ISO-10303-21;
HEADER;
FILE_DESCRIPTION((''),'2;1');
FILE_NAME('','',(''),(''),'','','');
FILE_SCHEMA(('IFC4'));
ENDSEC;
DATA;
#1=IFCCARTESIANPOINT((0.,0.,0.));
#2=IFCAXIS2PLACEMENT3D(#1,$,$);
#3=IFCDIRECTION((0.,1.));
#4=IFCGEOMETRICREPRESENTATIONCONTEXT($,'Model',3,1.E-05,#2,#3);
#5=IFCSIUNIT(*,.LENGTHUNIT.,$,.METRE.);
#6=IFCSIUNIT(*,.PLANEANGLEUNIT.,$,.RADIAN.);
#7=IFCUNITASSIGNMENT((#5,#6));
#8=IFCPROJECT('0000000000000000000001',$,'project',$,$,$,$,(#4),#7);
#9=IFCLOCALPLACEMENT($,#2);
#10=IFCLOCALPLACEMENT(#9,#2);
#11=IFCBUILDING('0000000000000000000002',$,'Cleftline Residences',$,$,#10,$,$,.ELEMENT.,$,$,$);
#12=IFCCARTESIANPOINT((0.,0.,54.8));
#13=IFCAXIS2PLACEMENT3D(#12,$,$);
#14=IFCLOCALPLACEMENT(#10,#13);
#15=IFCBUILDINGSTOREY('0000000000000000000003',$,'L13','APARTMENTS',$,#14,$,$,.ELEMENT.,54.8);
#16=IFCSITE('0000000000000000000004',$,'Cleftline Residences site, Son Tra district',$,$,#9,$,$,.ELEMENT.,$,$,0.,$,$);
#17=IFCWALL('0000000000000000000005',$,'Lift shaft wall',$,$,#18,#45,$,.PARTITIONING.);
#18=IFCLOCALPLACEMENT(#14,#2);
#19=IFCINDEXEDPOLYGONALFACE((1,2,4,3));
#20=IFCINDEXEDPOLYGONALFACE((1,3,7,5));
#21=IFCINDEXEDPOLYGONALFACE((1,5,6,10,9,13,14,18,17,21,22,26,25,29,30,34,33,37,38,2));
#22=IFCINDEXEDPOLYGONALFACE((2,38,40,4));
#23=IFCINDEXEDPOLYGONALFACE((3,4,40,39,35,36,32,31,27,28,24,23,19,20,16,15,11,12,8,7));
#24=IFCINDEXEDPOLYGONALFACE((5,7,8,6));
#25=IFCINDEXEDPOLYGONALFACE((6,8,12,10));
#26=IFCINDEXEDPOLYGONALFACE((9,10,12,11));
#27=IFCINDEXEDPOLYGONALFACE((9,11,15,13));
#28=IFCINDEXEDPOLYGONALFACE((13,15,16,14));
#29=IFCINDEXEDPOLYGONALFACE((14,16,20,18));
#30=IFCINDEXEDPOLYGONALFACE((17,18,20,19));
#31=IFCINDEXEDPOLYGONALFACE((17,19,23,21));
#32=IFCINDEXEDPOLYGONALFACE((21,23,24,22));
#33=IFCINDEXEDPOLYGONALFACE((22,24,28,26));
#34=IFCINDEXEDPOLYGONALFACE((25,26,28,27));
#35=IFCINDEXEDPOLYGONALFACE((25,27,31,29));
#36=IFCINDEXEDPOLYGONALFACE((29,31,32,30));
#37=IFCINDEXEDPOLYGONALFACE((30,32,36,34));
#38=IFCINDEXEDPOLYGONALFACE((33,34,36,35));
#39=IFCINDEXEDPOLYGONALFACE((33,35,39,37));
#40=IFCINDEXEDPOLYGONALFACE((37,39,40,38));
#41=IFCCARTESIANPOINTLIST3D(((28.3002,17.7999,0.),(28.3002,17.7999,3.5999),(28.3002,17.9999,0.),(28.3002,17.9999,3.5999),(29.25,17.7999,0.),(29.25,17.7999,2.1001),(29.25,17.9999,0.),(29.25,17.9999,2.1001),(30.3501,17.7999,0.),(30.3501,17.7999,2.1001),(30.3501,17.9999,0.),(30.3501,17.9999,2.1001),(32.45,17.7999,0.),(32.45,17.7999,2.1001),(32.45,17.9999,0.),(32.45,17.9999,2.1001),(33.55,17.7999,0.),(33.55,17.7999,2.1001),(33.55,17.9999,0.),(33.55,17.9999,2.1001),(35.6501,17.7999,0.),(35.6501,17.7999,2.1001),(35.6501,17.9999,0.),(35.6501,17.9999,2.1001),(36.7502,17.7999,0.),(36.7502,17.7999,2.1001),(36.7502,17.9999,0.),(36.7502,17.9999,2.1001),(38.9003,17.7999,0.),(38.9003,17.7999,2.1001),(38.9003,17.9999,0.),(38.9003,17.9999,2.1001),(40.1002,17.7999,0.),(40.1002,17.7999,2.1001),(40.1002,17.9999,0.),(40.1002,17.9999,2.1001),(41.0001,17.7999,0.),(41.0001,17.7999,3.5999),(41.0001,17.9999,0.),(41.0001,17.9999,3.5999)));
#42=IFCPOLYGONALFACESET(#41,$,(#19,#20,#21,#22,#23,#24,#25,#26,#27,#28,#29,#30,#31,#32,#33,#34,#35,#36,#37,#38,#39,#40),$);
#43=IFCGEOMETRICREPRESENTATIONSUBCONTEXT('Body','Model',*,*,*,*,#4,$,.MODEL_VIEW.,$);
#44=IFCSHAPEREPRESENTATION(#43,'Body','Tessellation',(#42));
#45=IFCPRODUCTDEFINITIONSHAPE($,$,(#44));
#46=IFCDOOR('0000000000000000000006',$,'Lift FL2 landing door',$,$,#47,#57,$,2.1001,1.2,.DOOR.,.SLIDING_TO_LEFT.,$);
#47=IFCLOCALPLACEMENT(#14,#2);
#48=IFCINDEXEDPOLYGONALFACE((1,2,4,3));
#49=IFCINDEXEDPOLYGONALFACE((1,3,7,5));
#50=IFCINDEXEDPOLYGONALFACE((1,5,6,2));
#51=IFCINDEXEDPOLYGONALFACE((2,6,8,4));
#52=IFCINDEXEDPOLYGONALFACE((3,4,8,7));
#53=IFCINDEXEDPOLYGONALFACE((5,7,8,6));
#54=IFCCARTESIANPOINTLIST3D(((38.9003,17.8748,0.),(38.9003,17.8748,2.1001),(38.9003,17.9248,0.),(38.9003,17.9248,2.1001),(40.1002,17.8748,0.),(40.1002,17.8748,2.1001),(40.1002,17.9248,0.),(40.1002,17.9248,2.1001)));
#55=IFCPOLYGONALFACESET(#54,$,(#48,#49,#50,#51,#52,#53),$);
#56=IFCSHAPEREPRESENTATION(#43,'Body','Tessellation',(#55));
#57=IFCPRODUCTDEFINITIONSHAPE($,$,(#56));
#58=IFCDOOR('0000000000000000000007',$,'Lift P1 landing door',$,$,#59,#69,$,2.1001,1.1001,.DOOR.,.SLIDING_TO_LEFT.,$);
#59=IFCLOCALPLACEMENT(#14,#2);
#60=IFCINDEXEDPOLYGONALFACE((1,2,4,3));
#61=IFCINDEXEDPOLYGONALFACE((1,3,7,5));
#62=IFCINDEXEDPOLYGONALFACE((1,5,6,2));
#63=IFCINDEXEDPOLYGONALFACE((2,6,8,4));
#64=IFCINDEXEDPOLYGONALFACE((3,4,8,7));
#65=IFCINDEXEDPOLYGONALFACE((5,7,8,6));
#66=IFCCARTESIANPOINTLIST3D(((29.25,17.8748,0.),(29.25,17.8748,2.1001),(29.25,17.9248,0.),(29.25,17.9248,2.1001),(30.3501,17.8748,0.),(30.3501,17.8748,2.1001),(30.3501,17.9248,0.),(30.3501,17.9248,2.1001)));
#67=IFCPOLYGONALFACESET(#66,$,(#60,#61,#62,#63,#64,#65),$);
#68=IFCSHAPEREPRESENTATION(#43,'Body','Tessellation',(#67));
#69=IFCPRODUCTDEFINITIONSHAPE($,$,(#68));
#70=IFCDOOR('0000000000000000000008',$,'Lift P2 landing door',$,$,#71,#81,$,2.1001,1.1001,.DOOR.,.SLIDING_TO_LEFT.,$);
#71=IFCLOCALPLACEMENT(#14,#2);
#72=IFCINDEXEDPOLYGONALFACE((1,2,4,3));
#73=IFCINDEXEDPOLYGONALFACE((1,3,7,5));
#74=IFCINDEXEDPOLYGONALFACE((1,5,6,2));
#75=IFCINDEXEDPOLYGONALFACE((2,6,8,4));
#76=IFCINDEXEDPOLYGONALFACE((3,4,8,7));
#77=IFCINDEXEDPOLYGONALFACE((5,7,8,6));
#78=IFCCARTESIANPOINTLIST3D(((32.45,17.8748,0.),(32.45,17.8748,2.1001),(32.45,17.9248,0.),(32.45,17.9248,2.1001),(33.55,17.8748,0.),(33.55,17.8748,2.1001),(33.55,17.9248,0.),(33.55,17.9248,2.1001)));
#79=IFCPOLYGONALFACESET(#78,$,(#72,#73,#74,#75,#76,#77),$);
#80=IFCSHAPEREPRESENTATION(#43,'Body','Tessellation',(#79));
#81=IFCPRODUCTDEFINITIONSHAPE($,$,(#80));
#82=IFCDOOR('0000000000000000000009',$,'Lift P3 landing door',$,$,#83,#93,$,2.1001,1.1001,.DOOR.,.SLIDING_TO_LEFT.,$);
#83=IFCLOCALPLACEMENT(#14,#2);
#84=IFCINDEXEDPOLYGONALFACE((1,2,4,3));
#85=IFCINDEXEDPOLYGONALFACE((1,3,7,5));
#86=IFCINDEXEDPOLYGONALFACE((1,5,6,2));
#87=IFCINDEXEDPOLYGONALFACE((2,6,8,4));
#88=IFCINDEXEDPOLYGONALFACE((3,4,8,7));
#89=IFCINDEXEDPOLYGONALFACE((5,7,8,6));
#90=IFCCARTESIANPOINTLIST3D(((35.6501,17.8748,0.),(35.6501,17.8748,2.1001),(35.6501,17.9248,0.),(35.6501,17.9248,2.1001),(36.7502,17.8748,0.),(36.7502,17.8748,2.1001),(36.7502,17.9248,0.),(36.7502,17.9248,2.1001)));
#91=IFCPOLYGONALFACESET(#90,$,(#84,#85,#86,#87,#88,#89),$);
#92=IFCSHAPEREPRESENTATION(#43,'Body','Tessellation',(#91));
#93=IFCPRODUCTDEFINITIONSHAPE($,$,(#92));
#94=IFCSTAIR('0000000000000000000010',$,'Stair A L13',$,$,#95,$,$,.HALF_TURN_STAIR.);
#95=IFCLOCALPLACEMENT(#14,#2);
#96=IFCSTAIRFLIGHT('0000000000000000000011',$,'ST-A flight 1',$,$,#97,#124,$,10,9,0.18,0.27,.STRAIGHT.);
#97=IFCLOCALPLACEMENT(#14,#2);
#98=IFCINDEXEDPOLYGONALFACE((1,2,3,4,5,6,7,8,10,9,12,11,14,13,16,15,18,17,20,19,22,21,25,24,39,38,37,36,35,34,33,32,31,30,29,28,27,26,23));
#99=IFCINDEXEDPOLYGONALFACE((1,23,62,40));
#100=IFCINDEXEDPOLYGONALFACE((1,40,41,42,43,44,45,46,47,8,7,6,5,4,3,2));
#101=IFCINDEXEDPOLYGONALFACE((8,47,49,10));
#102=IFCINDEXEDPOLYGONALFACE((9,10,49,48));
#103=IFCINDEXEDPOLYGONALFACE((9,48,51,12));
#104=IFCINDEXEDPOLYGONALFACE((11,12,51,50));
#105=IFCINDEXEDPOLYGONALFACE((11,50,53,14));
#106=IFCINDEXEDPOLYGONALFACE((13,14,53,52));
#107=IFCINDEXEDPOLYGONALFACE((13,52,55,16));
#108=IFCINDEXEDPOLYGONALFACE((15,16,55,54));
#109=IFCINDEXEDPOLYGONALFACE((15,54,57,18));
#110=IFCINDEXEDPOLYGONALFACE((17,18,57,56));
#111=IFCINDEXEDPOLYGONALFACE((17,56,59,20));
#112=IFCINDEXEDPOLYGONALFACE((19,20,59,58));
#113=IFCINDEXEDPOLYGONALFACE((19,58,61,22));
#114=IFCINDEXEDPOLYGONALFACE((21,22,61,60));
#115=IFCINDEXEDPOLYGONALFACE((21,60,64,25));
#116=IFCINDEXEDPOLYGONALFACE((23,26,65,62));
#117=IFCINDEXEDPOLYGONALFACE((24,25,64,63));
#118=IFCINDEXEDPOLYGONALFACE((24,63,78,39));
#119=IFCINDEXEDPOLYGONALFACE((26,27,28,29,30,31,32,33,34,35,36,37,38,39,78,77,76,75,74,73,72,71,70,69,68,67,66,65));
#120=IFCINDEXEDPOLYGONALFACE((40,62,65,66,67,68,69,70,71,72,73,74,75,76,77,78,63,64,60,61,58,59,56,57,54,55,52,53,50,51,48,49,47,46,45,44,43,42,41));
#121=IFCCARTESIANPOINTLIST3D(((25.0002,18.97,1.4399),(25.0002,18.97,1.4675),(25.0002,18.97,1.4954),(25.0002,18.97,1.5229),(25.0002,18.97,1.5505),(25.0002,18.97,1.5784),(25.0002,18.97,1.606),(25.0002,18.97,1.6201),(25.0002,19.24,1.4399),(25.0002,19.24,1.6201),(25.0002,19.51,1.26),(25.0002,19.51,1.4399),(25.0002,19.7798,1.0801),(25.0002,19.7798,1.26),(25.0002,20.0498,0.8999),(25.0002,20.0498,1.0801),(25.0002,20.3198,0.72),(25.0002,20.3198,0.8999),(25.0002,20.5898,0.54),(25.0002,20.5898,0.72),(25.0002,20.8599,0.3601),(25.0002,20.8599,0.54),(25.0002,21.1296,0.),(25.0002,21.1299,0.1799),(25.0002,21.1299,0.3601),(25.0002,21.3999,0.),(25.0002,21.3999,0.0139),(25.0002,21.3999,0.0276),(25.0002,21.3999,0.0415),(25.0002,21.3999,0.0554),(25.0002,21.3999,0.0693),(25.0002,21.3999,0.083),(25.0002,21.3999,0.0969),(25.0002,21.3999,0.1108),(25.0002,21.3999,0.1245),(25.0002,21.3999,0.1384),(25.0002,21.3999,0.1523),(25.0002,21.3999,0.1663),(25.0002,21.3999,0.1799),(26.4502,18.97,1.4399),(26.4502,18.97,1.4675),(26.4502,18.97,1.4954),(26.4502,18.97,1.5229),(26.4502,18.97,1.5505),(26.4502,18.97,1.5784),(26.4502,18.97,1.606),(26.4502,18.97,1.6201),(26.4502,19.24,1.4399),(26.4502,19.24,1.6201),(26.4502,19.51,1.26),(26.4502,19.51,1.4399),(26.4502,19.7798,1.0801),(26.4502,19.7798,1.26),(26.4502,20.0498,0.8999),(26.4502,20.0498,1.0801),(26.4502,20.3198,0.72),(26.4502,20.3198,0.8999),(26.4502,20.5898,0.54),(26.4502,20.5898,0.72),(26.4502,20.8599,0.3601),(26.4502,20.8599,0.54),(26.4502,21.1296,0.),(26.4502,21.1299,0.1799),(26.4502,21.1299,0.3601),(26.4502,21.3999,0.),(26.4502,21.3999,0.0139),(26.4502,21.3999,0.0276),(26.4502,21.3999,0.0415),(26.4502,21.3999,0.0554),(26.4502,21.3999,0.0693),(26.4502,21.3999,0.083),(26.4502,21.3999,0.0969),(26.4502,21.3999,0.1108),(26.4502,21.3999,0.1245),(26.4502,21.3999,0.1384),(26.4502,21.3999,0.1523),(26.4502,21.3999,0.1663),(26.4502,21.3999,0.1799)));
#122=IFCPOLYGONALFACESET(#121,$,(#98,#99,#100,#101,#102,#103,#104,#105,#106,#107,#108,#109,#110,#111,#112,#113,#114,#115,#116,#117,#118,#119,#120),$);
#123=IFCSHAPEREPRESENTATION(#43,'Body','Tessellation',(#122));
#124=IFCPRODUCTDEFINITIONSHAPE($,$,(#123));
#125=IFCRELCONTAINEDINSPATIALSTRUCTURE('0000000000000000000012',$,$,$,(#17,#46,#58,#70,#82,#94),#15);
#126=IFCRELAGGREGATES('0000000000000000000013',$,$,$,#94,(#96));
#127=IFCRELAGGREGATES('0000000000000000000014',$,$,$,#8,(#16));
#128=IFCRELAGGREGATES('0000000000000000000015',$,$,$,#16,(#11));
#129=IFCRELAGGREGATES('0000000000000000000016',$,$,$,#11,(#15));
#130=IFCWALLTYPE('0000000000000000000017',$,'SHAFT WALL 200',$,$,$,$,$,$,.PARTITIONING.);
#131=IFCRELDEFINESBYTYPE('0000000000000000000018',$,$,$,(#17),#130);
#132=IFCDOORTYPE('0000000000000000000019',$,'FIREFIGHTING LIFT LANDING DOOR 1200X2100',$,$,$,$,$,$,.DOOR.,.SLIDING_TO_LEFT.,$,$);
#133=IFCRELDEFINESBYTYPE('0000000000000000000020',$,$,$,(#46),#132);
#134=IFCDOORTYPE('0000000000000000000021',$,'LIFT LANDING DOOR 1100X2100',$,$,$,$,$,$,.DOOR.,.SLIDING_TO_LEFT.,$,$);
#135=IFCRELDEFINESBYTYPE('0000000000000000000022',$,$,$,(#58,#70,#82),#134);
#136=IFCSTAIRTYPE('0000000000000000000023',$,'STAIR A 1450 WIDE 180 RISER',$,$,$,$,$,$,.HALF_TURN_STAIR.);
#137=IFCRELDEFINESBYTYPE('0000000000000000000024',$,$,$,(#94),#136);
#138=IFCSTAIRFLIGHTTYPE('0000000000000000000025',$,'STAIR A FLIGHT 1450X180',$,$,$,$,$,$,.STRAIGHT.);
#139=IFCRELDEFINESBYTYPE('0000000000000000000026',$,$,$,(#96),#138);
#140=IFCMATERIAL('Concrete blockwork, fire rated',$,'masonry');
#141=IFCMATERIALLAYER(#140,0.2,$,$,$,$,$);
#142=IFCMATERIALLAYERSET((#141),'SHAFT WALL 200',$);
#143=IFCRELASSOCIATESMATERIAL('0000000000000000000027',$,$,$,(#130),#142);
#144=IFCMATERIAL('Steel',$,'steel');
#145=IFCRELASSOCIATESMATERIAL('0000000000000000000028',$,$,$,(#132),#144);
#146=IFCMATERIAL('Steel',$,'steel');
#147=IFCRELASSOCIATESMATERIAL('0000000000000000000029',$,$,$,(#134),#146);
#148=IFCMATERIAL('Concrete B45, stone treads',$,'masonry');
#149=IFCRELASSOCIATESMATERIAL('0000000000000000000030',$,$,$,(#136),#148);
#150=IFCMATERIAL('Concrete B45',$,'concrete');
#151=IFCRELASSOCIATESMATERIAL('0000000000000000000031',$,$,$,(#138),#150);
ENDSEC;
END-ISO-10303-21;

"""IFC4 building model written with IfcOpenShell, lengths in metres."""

from ifc_helpers import new_model, si_unit, direction, frame, frame_2d, origin, place, context, subcontext, project, spatial, polyline, rectangle, outline, extrude, material, layer, layer_set, type_object, element, fill, aggregate, save


model = new_model("IFC4")

# Units and contexts
model_context = context("Model", 3, precision=1e-05, world=origin(), true_north=direction((0.0, 1.0)))
body_context = subcontext(model_context, "Body", "Model", "MODEL_VIEW")
ifc_project = project(units=[si_unit("LENGTHUNIT", "METRE"), si_unit("PLANEANGLEUNIT", "RADIAN")], contexts=[model_context])

# Site, building, storey
site_placement = place(None, origin())
site = spatial("IfcSite", under=ifc_project, at=site_placement, Name="Cleftline Residences site, Son Tra district", CompositionType="ELEMENT", RefElevation=0.0)
building_placement = place(site_placement, origin())
building = spatial("IfcBuilding", under=site, at=building_placement, Name="Cleftline Residences", CompositionType="ELEMENT")
storey_placement = place(building_placement, frame((0.0, 0.0, 54.8)))
storey = spatial("IfcBuildingStorey", under=building, at=storey_placement, Name="L13", Description="APARTMENTS", CompositionType="ELEMENT", Elevation=54.8)

# Wall, openings, doors
ifc_material_1 = material(Name="Concrete blockwork, fire rated", Category="masonry")
ifc_layer_1 = layer(ifc_material_1, 0.2)
ifc_layer_set_1 = layer_set([ifc_layer_1], Name="SHAFT WALL 200")
wall_type_1 = type_object("IfcWallType", Name="SHAFT WALL 200", PredefinedType="PARTITIONING", material=ifc_layer_set_1)
wall_1_placement = place(storey_placement, frame((28.3, 17.8999, 0.0), z_axis=(0.0, 0.0, 1.0), x_axis=(1.0, 0.0, 0.0)))
wall_1 = element("IfcWall", 1, at=wall_1_placement, inside=storey, type_object=wall_type_1, Name="Lift shaft wall", PredefinedType="PARTITIONING", context=body_context, shape_type="SweptSolid", body=[
    extrude(rectangle(XDim=12.7, YDim=0.2, at=frame_2d((6.3501, 0.0))), origin(), (0.0, 0.0, 1.0), 3.5999),
])
opening_1_placement = place(wall_1_placement, frame((0.95, 0.0, 0.0)))
opening_1 = element("IfcOpeningElement", 2, at=opening_1_placement, cuts=wall_1, PredefinedType="OPENING", context=body_context, shape_type="SweptSolid", body=[
    extrude(rectangle(XDim=1.1001, YDim=2.1001, at=frame_2d((0.55, 1.05))), frame((0.0, 0.1099, 0.0), z_axis=(0.0, -1.0, 0.0), x_axis=(1.0, 0.0, 0.0)), (0.0, 0.0, 1.0), 0.22),
])
opening_2_placement = place(wall_1_placement, frame((4.1499, 0.0, 0.0)))
opening_2 = element("IfcOpeningElement", 3, at=opening_2_placement, cuts=wall_1, PredefinedType="OPENING", context=body_context, shape_type="SweptSolid", body=[
    extrude(rectangle(XDim=1.1001, YDim=2.1001, at=frame_2d((0.55, 1.05))), frame((0.0, 0.1099, 0.0), z_axis=(0.0, -1.0, 0.0), x_axis=(1.0, 0.0, 0.0)), (0.0, 0.0, 1.0), 0.22),
])
opening_3_placement = place(wall_1_placement, frame((7.3501, 0.0, 0.0)))
opening_3 = element("IfcOpeningElement", 4, at=opening_3_placement, cuts=wall_1, PredefinedType="OPENING", context=body_context, shape_type="SweptSolid", body=[
    extrude(rectangle(XDim=1.1001, YDim=2.1001, at=frame_2d((0.55, 1.05))), frame((0.0, 0.1099, 0.0), z_axis=(0.0, -1.0, 0.0), x_axis=(1.0, 0.0, 0.0)), (0.0, 0.0, 1.0), 0.22),
])
opening_4_placement = place(wall_1_placement, frame((10.6001, 0.0, 0.0)))
opening_4 = element("IfcOpeningElement", 5, at=opening_4_placement, cuts=wall_1, PredefinedType="OPENING", context=body_context, shape_type="SweptSolid", body=[
    extrude(rectangle(XDim=1.2, YDim=2.1001, at=frame_2d((0.6001, 1.05))), frame((0.0, 0.1099, 0.0), z_axis=(0.0, -1.0, 0.0), x_axis=(1.0, 0.0, 0.0)), (0.0, 0.0, 1.0), 0.22),
])
ifc_material_2 = material(Name="Steel", Category="steel")
door_type_1 = type_object("IfcDoorType", Name="FIREFIGHTING LIFT LANDING DOOR 1200X2100", OperationType="SLIDING_TO_LEFT", PredefinedType="DOOR", material=ifc_material_2)
door_1_placement = place(opening_4_placement, origin())
door_1 = element("IfcDoor", 6, at=door_1_placement, inside=storey, type_object=door_type_1, Name="Lift FL2 landing door", OperationType="SLIDING_TO_LEFT", OverallHeight=2.1001, OverallWidth=1.2, PredefinedType="DOOR", context=body_context, shape_type="SweptSolid", body=[
    extrude(rectangle(XDim=1.2, YDim=2.1001, at=frame_2d((0.6001, 1.05))), frame((0.0, 0.0249, 0.0), z_axis=(0.0, -1.0, 0.0), x_axis=(1.0, 0.0, 0.0)), (0.0, 0.0, 1.0), 0.05),
])
fill(opening_4, door_1)
ifc_material_3 = material(Name="Steel", Category="steel")
door_type_2 = type_object("IfcDoorType", Name="LIFT LANDING DOOR 1100X2100", OperationType="SLIDING_TO_LEFT", PredefinedType="DOOR", material=ifc_material_3)
door_2_placement = place(opening_1_placement, origin())
door_2 = element("IfcDoor", 7, at=door_2_placement, inside=storey, type_object=door_type_2, Name="Lift P1 landing door", OperationType="SLIDING_TO_LEFT", OverallHeight=2.1001, OverallWidth=1.1001, PredefinedType="DOOR", context=body_context, shape_type="SweptSolid", body=[
    extrude(rectangle(XDim=1.1001, YDim=2.1001, at=frame_2d((0.55, 1.05))), frame((0.0, 0.0249, 0.0), z_axis=(0.0, -1.0, 0.0), x_axis=(1.0, 0.0, 0.0)), (0.0, 0.0, 1.0), 0.05),
])
fill(opening_1, door_2)
door_3_placement = place(opening_2_placement, origin())
door_3 = element("IfcDoor", 8, at=door_3_placement, inside=storey, type_object=door_type_2, Name="Lift P2 landing door", OperationType="SLIDING_TO_LEFT", OverallHeight=2.1001, OverallWidth=1.1001, PredefinedType="DOOR", context=body_context, shape_type="SweptSolid", body=[
    extrude(rectangle(XDim=1.1001, YDim=2.1001, at=frame_2d((0.55, 1.05))), frame((0.0, 0.0249, 0.0), z_axis=(0.0, -1.0, 0.0), x_axis=(1.0, 0.0, 0.0)), (0.0, 0.0, 1.0), 0.05),
])
fill(opening_2, door_3)
door_4_placement = place(opening_3_placement, origin())
door_4 = element("IfcDoor", 9, at=door_4_placement, inside=storey, type_object=door_type_2, Name="Lift P3 landing door", OperationType="SLIDING_TO_LEFT", OverallHeight=2.1001, OverallWidth=1.1001, PredefinedType="DOOR", context=body_context, shape_type="SweptSolid", body=[
    extrude(rectangle(XDim=1.1001, YDim=2.1001, at=frame_2d((0.55, 1.05))), frame((0.0, 0.0249, 0.0), z_axis=(0.0, -1.0, 0.0), x_axis=(1.0, 0.0, 0.0)), (0.0, 0.0, 1.0), 0.05),
])
fill(opening_3, door_4)

# Stair, stair flight
ifc_material_4 = material(Name="Concrete B45, stone treads", Category="masonry")
stair_type = type_object("IfcStairType", Name="STAIR A 1450 WIDE 180 RISER", PredefinedType="HALF_TURN_STAIR", material=ifc_material_4)
stair_placement = place(storey_placement, origin())
stair = element("IfcStair", 10, at=stair_placement, inside=storey, type_object=stair_type, Name="Stair A L13", PredefinedType="HALF_TURN_STAIR")
ifc_material_5 = material(Name="Concrete B45", Category="concrete")
stair_flight_type = type_object("IfcStairFlightType", Name="STAIR A FLIGHT 1450X180", PredefinedType="STRAIGHT", material=ifc_material_5)
stair_flight_1_placement = place(storey_placement, frame((25.7251, 21.3999, 0.0), z_axis=(0.0, 0.0, 1.0), x_axis=(0.0, -1.0, 0.0)))
stair_flight_1 = element("IfcStairFlight", 11, at=stair_flight_1_placement, type_object=stair_flight_type, Name="ST-A flight 1", NumberOfRisers=10, NumberOfTreads=9, PredefinedType="STRAIGHT", RiserHeight=0.18, TreadLength=0.27, context=body_context, shape_type="SweptSolid", body=[
    extrude(outline(polyline([(0.0, 0.0), (0.0, 0.0139), (0.0, 0.0276), (0.0, 0.0415), (0.0, 0.0554), (0.0, 0.0693), (0.0, 0.083), (0.0, 0.0969), (0.0, 0.1108), (0.0, 0.1245), (0.0, 0.1384), (0.0, 0.1523), (0.0, 0.1663), (0.0, 0.1799), (0.27, 0.1799), (0.27, 0.3601), (0.54, 0.3601), (0.54, 0.54), (0.8101, 0.54), (0.8101, 0.72), (1.0801, 0.72), (1.0801, 0.8999), (1.3501, 0.8999), (1.3501, 1.0801), (1.6201, 1.0801), (1.6201, 1.26), (1.8899, 1.26), (1.8899, 1.4399), (2.1599, 1.4399), (2.1599, 1.6201), (2.4299, 1.6201), (2.4299, 1.8), (2.4299, 1.7722), (2.4299, 1.7446), (2.4299, 1.7168), (2.4299, 1.6892), (2.4299, 1.6614), (2.4299, 1.6338), (2.4299, 1.606), (2.4299, 1.5784), (2.4299, 1.5505), (2.4299, 1.5229), (2.4299, 1.4954), (2.4299, 1.4675), (2.4299, 1.4399), (0.2703, 0.0), (0.0, 0.0)])), frame((0.0, 0.7251, 0.0), z_axis=(0.0, -1.0, 0.0), x_axis=(1.0, 0.0, 0.0)), (0.0, 0.0, 1.0), 1.45),
])
aggregate(stair, [stair_flight_1])

save(model, "model.ifc")
